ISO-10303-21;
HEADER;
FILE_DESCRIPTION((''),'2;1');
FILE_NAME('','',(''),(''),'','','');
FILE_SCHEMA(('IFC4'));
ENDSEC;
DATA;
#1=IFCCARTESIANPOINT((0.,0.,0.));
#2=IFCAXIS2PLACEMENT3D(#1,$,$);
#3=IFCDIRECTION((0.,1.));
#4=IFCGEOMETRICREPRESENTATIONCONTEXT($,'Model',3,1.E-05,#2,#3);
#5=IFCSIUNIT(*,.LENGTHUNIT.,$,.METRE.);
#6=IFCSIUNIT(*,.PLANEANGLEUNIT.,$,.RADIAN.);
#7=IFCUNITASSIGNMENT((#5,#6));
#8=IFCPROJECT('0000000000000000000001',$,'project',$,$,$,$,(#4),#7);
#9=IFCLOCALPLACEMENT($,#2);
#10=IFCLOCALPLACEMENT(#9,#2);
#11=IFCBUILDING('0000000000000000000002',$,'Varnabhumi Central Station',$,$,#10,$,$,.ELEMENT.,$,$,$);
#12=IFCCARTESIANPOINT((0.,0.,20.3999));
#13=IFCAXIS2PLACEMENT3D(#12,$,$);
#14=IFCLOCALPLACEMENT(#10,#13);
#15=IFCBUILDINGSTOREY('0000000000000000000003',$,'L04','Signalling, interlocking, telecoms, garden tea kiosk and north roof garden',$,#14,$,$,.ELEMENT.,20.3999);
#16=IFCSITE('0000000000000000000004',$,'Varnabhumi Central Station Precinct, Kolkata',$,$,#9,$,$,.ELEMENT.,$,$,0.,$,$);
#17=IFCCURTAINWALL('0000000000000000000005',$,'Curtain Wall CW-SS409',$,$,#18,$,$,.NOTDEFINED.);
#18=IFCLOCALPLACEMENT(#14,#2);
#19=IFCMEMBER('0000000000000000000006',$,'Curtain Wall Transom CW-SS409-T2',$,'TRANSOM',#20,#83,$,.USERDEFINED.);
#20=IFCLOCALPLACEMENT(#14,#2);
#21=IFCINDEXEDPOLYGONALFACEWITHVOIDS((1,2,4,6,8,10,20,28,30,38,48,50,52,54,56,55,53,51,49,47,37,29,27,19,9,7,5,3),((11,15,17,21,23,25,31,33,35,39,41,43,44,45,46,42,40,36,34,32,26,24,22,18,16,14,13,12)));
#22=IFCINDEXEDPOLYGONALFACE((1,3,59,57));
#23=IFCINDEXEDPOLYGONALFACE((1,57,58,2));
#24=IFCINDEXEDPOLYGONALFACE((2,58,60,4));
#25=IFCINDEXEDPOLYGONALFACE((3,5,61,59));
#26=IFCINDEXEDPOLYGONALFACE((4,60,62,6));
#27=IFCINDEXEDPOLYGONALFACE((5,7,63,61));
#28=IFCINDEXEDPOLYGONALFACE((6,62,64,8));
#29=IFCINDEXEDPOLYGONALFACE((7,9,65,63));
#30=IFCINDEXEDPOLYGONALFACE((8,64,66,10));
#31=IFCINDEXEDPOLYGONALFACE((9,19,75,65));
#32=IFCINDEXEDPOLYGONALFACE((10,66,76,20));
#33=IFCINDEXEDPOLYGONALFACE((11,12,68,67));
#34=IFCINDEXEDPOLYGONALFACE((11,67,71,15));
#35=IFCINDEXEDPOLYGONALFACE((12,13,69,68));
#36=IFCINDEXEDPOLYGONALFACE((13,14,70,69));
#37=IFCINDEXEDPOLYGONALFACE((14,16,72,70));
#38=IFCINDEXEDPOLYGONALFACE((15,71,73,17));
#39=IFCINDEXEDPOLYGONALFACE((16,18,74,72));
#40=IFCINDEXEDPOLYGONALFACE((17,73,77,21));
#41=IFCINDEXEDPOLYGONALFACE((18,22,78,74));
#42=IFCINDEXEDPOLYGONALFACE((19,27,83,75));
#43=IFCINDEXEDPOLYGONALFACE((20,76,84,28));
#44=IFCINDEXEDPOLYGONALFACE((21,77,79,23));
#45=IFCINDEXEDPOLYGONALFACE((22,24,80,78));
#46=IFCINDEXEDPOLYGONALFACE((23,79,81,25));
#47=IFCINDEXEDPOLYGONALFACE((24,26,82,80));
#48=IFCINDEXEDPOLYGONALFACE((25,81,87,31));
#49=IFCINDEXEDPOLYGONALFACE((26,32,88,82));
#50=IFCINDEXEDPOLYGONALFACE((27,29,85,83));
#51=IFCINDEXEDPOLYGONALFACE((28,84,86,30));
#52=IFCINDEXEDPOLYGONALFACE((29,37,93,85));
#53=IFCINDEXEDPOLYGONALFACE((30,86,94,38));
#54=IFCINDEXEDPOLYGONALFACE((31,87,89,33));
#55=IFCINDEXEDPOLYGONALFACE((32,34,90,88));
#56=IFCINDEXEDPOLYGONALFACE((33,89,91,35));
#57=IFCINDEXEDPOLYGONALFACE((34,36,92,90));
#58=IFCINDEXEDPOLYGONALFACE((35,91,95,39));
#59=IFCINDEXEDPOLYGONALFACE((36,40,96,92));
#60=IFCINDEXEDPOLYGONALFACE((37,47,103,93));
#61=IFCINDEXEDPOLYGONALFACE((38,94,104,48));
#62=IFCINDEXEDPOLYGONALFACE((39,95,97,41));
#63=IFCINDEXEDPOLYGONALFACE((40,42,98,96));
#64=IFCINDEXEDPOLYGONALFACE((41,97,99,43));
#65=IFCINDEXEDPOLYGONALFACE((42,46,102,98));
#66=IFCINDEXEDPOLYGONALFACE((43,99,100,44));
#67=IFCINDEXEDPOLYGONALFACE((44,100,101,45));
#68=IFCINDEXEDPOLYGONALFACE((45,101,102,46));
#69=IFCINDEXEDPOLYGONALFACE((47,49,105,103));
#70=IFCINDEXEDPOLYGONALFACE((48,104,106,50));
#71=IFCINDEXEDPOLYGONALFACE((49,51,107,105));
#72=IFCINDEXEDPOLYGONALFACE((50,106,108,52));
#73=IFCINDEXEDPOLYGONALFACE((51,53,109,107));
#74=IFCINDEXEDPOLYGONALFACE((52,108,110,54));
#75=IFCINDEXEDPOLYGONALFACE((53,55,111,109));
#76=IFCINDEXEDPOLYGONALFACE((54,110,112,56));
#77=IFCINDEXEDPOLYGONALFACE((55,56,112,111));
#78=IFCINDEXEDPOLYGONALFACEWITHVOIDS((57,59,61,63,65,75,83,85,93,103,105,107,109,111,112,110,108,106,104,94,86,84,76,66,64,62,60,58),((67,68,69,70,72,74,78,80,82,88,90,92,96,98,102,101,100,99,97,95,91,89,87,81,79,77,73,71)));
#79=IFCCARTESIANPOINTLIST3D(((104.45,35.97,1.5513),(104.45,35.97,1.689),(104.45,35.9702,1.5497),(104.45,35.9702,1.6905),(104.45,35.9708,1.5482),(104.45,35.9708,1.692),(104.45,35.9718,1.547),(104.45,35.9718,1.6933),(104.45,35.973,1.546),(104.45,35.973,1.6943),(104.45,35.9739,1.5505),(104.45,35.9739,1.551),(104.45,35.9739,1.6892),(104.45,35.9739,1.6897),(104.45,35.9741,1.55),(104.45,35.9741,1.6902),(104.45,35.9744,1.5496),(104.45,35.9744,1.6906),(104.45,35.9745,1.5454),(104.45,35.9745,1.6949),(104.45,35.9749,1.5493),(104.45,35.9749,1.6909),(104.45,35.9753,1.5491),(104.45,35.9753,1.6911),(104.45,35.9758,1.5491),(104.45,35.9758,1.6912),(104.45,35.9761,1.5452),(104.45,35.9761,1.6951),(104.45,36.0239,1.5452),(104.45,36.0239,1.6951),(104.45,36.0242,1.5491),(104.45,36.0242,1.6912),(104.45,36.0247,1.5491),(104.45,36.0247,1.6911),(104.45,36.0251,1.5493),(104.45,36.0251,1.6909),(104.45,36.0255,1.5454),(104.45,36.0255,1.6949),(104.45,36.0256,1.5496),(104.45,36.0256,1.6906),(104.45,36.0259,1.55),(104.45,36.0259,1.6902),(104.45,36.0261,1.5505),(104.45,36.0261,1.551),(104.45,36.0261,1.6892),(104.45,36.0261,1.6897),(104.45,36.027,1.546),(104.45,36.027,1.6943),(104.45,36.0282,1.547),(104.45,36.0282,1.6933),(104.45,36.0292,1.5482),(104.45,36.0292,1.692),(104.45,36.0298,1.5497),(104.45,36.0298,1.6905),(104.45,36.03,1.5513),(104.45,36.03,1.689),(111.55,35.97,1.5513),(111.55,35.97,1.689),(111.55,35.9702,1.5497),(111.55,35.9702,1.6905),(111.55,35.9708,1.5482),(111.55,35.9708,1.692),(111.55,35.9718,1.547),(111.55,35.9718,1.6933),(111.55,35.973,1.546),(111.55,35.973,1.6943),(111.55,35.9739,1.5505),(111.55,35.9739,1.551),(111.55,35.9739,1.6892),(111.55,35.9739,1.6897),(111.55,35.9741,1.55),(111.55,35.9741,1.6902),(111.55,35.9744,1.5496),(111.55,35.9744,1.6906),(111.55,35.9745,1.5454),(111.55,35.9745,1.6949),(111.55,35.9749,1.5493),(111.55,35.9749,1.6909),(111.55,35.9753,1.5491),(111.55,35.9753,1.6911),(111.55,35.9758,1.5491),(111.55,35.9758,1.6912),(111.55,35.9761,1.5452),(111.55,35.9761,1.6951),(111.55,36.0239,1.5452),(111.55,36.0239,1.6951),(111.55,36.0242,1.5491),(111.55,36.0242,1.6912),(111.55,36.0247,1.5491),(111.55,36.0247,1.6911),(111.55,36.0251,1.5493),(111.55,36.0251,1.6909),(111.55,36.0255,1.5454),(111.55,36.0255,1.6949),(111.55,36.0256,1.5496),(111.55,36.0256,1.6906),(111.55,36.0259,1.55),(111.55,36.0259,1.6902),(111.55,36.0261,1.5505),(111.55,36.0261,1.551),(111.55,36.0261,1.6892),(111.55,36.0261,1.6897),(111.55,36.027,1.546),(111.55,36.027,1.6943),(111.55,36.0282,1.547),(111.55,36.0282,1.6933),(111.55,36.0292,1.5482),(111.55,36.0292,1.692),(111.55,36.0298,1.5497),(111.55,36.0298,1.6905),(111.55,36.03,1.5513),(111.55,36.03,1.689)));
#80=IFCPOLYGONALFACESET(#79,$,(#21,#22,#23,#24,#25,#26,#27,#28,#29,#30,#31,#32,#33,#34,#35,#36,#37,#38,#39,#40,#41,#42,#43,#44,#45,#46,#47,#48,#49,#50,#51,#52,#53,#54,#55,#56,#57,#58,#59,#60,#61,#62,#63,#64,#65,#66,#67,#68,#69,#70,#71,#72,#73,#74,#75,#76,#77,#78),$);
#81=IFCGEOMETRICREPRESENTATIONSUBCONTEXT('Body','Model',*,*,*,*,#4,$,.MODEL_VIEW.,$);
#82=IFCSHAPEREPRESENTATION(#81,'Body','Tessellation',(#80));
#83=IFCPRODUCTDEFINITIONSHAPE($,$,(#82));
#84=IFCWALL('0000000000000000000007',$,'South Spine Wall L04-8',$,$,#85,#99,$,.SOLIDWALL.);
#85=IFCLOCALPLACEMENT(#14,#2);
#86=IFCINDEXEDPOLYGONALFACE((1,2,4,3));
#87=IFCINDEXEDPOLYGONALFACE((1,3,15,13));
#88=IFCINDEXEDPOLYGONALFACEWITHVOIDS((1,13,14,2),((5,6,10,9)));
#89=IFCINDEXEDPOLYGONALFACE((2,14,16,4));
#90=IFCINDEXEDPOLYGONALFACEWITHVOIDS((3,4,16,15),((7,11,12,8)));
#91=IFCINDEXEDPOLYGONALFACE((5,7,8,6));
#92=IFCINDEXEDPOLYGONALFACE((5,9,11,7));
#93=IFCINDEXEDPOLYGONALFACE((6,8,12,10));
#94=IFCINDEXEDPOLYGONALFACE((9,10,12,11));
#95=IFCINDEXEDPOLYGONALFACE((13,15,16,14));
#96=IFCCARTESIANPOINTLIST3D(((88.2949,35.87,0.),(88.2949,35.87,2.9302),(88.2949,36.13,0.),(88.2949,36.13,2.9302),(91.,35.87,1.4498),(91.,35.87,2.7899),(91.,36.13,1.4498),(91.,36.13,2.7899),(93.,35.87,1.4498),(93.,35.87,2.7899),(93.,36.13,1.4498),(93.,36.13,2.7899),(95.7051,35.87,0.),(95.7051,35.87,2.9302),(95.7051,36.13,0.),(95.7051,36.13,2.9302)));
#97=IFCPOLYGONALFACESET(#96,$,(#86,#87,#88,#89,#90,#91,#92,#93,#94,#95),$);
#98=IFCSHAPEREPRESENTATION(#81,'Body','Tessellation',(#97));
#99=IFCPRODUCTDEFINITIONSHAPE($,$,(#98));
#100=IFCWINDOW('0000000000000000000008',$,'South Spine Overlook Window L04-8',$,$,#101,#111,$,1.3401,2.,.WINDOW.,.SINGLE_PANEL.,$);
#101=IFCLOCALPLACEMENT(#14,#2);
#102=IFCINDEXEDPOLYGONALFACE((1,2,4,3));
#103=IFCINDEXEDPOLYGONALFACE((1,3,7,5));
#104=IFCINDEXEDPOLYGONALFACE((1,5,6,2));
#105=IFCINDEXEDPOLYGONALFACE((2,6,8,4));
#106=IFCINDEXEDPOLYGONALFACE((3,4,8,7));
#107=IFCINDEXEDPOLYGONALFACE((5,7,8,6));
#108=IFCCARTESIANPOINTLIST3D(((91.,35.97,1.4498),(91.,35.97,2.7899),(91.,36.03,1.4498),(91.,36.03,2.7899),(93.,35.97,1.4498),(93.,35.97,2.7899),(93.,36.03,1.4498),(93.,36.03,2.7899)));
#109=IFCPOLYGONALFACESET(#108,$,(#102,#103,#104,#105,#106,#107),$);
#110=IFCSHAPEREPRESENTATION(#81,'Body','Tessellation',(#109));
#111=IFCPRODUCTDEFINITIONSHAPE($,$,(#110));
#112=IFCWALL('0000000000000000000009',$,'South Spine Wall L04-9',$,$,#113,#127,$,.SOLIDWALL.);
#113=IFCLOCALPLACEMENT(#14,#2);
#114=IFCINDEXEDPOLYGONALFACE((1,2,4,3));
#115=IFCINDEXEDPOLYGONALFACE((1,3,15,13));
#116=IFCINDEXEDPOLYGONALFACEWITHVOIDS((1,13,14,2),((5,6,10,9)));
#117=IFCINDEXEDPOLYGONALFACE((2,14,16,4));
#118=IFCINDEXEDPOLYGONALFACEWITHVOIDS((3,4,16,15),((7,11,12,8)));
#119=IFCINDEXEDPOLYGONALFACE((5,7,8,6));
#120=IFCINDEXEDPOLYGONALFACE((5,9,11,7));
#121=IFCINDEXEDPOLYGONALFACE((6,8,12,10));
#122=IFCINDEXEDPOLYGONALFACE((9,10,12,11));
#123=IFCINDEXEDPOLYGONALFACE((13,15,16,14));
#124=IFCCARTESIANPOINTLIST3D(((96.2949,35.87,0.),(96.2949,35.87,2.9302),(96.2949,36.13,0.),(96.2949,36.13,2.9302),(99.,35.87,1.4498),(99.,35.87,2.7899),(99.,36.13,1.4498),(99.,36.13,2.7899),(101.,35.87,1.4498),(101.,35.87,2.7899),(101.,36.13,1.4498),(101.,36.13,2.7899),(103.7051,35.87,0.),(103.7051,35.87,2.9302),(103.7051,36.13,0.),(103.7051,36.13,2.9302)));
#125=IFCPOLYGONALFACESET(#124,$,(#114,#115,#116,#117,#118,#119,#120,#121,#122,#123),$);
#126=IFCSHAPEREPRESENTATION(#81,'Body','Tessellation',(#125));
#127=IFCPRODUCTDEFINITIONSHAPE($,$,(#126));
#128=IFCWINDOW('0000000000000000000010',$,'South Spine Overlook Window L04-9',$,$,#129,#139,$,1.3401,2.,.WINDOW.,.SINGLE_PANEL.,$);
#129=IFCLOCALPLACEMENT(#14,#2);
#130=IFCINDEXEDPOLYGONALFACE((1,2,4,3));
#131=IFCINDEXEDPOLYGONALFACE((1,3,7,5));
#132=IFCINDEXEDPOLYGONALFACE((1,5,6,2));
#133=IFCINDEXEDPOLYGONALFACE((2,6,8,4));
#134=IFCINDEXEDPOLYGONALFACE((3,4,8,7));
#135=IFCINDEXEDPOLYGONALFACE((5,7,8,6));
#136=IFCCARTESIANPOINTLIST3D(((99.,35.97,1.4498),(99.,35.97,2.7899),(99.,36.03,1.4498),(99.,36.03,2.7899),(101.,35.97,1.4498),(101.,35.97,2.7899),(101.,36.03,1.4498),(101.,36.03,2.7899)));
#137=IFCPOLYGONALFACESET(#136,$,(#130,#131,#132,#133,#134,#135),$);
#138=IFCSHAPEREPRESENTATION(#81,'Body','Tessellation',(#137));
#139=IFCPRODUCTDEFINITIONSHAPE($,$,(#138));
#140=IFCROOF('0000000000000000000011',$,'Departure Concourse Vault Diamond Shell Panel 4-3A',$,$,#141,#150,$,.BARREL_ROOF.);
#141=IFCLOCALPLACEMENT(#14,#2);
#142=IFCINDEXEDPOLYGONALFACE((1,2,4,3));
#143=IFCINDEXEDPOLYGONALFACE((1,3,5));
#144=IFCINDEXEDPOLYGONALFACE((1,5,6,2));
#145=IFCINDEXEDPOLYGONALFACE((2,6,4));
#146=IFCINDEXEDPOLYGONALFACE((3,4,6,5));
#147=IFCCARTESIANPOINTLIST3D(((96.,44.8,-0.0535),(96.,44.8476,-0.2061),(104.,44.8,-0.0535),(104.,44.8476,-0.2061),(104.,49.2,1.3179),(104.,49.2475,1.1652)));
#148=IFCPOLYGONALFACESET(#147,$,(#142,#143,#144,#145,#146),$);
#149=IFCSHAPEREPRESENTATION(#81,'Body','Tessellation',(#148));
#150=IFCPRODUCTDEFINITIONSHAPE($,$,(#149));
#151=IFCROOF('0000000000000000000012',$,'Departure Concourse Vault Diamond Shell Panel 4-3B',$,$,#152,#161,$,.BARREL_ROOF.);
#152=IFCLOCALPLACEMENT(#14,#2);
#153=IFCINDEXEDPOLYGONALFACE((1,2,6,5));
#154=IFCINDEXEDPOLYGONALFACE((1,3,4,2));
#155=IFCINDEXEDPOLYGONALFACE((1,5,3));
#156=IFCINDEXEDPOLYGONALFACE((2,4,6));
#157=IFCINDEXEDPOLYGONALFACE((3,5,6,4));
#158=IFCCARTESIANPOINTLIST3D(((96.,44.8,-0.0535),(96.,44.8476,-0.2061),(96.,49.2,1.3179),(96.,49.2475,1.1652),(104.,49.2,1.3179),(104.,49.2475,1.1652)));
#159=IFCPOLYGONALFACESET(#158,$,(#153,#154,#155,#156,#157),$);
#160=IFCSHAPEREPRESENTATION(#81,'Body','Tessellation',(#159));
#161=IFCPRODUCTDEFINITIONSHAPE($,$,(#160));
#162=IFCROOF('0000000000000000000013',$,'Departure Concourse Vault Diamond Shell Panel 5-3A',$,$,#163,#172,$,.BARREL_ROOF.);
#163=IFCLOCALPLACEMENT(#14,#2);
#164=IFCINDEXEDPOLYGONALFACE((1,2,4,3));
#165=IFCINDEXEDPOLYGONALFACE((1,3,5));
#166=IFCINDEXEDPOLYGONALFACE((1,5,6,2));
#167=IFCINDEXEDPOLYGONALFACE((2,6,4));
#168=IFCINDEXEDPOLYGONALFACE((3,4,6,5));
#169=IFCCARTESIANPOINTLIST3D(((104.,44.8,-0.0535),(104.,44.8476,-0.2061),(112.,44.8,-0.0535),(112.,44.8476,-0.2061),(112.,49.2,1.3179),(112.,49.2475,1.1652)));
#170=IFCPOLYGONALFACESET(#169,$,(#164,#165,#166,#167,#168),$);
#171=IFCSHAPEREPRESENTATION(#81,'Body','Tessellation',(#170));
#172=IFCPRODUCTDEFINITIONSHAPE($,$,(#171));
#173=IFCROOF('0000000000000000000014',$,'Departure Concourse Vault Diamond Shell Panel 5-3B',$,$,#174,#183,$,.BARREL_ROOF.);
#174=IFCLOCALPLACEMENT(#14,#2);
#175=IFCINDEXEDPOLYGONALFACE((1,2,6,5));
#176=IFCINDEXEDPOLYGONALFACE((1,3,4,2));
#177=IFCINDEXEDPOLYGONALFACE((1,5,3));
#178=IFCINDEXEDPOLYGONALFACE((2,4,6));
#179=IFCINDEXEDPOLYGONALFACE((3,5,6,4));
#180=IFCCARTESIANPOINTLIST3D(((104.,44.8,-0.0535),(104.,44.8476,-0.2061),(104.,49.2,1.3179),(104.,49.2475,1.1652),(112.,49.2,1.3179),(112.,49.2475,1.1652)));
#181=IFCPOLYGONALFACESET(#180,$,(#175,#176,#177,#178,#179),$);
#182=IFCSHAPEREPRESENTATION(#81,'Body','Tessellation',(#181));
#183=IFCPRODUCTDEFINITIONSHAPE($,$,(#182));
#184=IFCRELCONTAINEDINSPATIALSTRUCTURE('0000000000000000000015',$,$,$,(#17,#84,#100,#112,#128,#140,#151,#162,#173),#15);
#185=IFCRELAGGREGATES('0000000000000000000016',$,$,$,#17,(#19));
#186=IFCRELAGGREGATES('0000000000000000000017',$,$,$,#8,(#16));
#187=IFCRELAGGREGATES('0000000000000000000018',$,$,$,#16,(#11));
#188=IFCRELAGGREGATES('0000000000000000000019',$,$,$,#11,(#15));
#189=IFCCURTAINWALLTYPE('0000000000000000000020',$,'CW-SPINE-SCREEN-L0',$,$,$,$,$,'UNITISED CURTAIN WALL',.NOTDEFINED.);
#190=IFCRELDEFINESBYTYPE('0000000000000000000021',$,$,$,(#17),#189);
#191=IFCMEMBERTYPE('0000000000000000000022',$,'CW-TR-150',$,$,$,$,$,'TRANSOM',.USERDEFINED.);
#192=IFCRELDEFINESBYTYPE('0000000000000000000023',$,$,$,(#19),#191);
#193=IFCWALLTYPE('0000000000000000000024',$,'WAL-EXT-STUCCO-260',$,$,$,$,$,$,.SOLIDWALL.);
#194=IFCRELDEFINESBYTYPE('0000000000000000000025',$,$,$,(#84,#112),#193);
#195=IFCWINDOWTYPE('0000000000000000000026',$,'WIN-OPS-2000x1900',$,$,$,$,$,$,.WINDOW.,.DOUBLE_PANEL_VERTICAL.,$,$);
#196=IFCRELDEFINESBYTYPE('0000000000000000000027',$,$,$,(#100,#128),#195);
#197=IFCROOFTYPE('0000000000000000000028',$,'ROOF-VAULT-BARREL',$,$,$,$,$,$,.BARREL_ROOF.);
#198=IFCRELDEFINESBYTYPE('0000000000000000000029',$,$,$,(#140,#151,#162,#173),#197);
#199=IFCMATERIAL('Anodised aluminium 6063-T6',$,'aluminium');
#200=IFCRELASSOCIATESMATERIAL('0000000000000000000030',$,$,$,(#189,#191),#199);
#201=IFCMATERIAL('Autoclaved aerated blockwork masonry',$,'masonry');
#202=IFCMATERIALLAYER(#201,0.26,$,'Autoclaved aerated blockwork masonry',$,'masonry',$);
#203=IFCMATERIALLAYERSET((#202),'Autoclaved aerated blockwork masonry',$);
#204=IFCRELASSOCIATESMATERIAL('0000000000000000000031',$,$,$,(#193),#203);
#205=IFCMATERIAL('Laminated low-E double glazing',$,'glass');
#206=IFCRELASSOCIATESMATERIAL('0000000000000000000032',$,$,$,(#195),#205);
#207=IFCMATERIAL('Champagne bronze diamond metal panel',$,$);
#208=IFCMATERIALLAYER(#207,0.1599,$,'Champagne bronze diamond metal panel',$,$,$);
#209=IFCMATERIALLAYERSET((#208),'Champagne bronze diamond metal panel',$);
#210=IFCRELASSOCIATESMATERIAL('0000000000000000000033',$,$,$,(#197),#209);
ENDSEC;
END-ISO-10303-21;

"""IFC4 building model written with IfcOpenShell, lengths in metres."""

from ifc_helpers import new_model, si_unit, direction, frame, frame_2d, origin, origin_2d, place, context, subcontext, project, spatial, polyline, rectangle, hollow_rectangle, outline, extrude, material, layer, layer_set, material_profile, profile_set, type_object, element, fill, aggregate, save


model = new_model("IFC4")

# Units and contexts
model_context = context("Model", 3, precision=1e-05, world=origin(), true_north=direction((0.0, 1.0)))
body_context = subcontext(model_context, "Body", "Model", "MODEL_VIEW")
ifc_project = project(units=[si_unit("LENGTHUNIT", "METRE"), si_unit("PLANEANGLEUNIT", "RADIAN")], contexts=[model_context])

# Site, building, storey
site_placement = place(None, origin())
site = spatial("IfcSite", under=ifc_project, at=site_placement, Name="Varnabhumi Central Station Precinct, Kolkata", CompositionType="ELEMENT", RefElevation=0.0)
building_placement = place(site_placement, origin())
building = spatial("IfcBuilding", under=site, at=building_placement, Name="Varnabhumi Central Station", CompositionType="ELEMENT")
storey_placement = place(building_placement, frame((0.0, 0.0, 20.3999)))
storey = spatial("IfcBuildingStorey", under=building, at=storey_placement, Name="L04", Description="Signalling, interlocking, telecoms, garden tea kiosk and north roof garden", CompositionType="ELEMENT", Elevation=20.3999)

# Curtain wall, member
ifc_material_1 = material(Name="Anodised aluminium 6063-T6", Category="aluminium")
curtain_wall_type = type_object("IfcCurtainWallType", Name="CW-SPINE-SCREEN-L0", ElementType="UNITISED CURTAIN WALL", PredefinedType="NOTDEFINED", material=ifc_material_1)
curtain_wall_placement = place(storey_placement, origin())
curtain_wall = element("IfcCurtainWall", 1, at=curtain_wall_placement, inside=storey, type_object=curtain_wall_type, Name="Curtain Wall CW-SS409", PredefinedType="NOTDEFINED")
ifc_material_profile_1 = material_profile(ifc_material_1, hollow_rectangle(XDim=0.0601, YDim=0.1499, WallThickness=0.0039, InnerFilletRadius=0.002, OuterFilletRadius=0.0061, at=origin_2d()), Name="Anodised aluminium 6063-T6", Category="aluminium")
ifc_profile_set_1 = profile_set([ifc_material_profile_1], Name="Anodised aluminium 6063-T6")
member_type_1 = type_object("IfcMemberType", Name="CW-TR-150", ElementType="TRANSOM", PredefinedType="USERDEFINED", material=ifc_profile_set_1)
member_1_placement = place(storey_placement, frame((104.45, 36.0, 1.6201), z_axis=(1.0, 0.0, 0.0), x_axis=(0.0, 1.0, 0.0)))
member_1 = element("IfcMember", 2, at=member_1_placement, type_object=member_type_1, Name="Curtain Wall Transom CW-SS409-T2", ObjectType="TRANSOM", PredefinedType="USERDEFINED", context=body_context, shape_type="SweptSolid", body=[
    extrude(hollow_rectangle(XDim=0.0601, YDim=0.1499, WallThickness=0.0039, InnerFilletRadius=0.002, OuterFilletRadius=0.0061, at=origin_2d()), origin(), (0.0, 0.0, 1.0), 7.1001),
])
aggregate(curtain_wall, [member_1])

# Walls, openings, windows
ifc_material_2 = material(Name="Autoclaved aerated blockwork masonry", Category="masonry")
ifc_layer_1 = layer(ifc_material_2, 0.26, Name="Autoclaved aerated blockwork masonry", Category="masonry")
ifc_layer_set_1 = layer_set([ifc_layer_1], Name="Autoclaved aerated blockwork masonry")
wall_type = type_object("IfcWallType", Name="WAL-EXT-STUCCO-260", PredefinedType="SOLIDWALL", material=ifc_layer_set_1)
wall_1_placement = place(storey_placement, frame((88.2949, 36.0, 0.0), z_axis=(0.0, 0.0, 1.0), x_axis=(1.0, 0.0, 0.0)))
wall_1 = element("IfcWall", 3, at=wall_1_placement, inside=storey, type_object=wall_type, Name="South Spine Wall L04-8", PredefinedType="SOLIDWALL", context=body_context, shape_type="SweptSolid", body=[
    extrude(rectangle(XDim=7.4102, YDim=0.26, at=frame_2d((3.7051, 0.0))), origin(), (0.0, 0.0, 1.0), 2.9302),
])
opening_1_placement = place(wall_1_placement, frame((2.7051, 0.0, 1.45)))
opening_1 = element("IfcOpeningElement", 4, at=opening_1_placement, cuts=wall_1, PredefinedType="OPENING", context=body_context, shape_type="SweptSolid", body=[
    extrude(rectangle(XDim=2.0, YDim=1.3401, at=frame_2d((1.0, 0.6699))), frame((0.0, 0.1399, 0.0), z_axis=(0.0, -1.0, 0.0), x_axis=(1.0, 0.0, 0.0)), (0.0, 0.0, 1.0), 0.28),
])
ifc_material_3 = material(Name="Laminated low-E double glazing", Category="glass")
window_type = type_object("IfcWindowType", Name="WIN-OPS-2000x1900", PartitioningType="DOUBLE_PANEL_VERTICAL", PredefinedType="WINDOW", material=ifc_material_3)
window_1_placement = place(opening_1_placement, origin())
window_1 = element("IfcWindow", 5, at=window_1_placement, inside=storey, type_object=window_type, Name="South Spine Overlook Window L04-8", OverallHeight=1.3401, OverallWidth=2.0, PartitioningType="SINGLE_PANEL", PredefinedType="WINDOW", context=body_context, shape_type="SweptSolid", body=[
    extrude(rectangle(XDim=2.0, YDim=1.3401, at=frame_2d((1.0, 0.6699))), frame((0.0, 0.03, 0.0), z_axis=(0.0, -1.0, 0.0), x_axis=(1.0, 0.0, 0.0)), (0.0, 0.0, 1.0), 0.0601),
])
fill(opening_1, window_1)
wall_2_placement = place(storey_placement, frame((96.2949, 36.0, 0.0), z_axis=(0.0, 0.0, 1.0), x_axis=(1.0, 0.0, 0.0)))
wall_2 = element("IfcWall", 6, at=wall_2_placement, inside=storey, type_object=wall_type, Name="South Spine Wall L04-9", PredefinedType="SOLIDWALL", context=body_context, shape_type="SweptSolid", body=[
    extrude(rectangle(XDim=7.4102, YDim=0.26, at=frame_2d((3.7051, 0.0))), origin(), (0.0, 0.0, 1.0), 2.9302),
])
opening_2_placement = place(wall_2_placement, frame((2.7051, 0.0, 1.45)))
opening_2 = element("IfcOpeningElement", 7, at=opening_2_placement, cuts=wall_2, PredefinedType="OPENING", context=body_context, shape_type="SweptSolid", body=[
    extrude(rectangle(XDim=2.0, YDim=1.3401, at=frame_2d((1.0, 0.6699))), frame((0.0, 0.1399, 0.0), z_axis=(0.0, -1.0, 0.0), x_axis=(1.0, 0.0, 0.0)), (0.0, 0.0, 1.0), 0.28),
])
window_2_placement = place(opening_2_placement, origin())
window_2 = element("IfcWindow", 8, at=window_2_placement, inside=storey, type_object=window_type, Name="South Spine Overlook Window L04-9", OverallHeight=1.3401, OverallWidth=2.0, PartitioningType="SINGLE_PANEL", PredefinedType="WINDOW", context=body_context, shape_type="SweptSolid", body=[
    extrude(rectangle(XDim=2.0, YDim=1.3401, at=frame_2d((1.0, 0.6699))), frame((0.0, 0.03, 0.0), z_axis=(0.0, -1.0, 0.0), x_axis=(1.0, 0.0, 0.0)), (0.0, 0.0, 1.0), 0.0601),
])
fill(opening_2, window_2)

# Roofs
ifc_material_4 = material(Name="Champagne bronze diamond metal panel")
ifc_layer_2 = layer(ifc_material_4, 0.1599, Name="Champagne bronze diamond metal panel")
ifc_layer_set_2 = layer_set([ifc_layer_2], Name="Champagne bronze diamond metal panel")
roof_type = type_object("IfcRoofType", Name="ROOF-VAULT-BARREL", PredefinedType="BARREL_ROOF", material=ifc_layer_set_2)
roof_1_placement = place(storey_placement, frame((96.0, 44.8, -0.0535), z_axis=(0.0, -0.297557, 0.954704), x_axis=(1.0, 0.0, 0.0)))
element("IfcRoof", 9, at=roof_1_placement, inside=storey, type_object=roof_type, Name="Departure Concourse Vault Diamond Shell Panel 4-3A", PredefinedType="BARREL_ROOF", context=body_context, shape_type="SweptSolid", body=[
    extrude(outline(polyline([(0.0, 0.0), (8.0, 0.0), (8.0, 4.6087), (0.0, 0.0)])), origin(), (0.0, 0.0, -1.0), 0.1599),
])
roof_2_placement = place(storey_placement, frame((96.0, 44.8, -0.0535), z_axis=(0.0, -0.297557, 0.954704), x_axis=(0.866501, 0.476565, 0.148533)))
element("IfcRoof", 10, at=roof_2_placement, inside=storey, type_object=roof_type, Name="Departure Concourse Vault Diamond Shell Panel 4-3B", PredefinedType="BARREL_ROOF", context=body_context, shape_type="SweptSolid", body=[
    extrude(outline(polyline([(0.0, 0.0), (9.2325, 0.0), (2.3005, 3.9934), (0.0, 0.0)])), origin(), (0.0, 0.0, -1.0), 0.1599),
])
roof_3_placement = place(storey_placement, frame((104.0, 44.8, -0.0535), z_axis=(0.0, -0.297557, 0.954704), x_axis=(1.0, 0.0, 0.0)))
element("IfcRoof", 11, at=roof_3_placement, inside=storey, type_object=roof_type, Name="Departure Concourse Vault Diamond Shell Panel 5-3A", PredefinedType="BARREL_ROOF", context=body_context, shape_type="SweptSolid", body=[
    extrude(outline(polyline([(0.0, 0.0), (8.0, 0.0), (8.0, 4.6087), (0.0, 0.0)])), origin(), (0.0, 0.0, -1.0), 0.1599),
])
roof_4_placement = place(storey_placement, frame((104.0, 44.8, -0.0535), z_axis=(0.0, -0.297557, 0.954704), x_axis=(0.866501, 0.476565, 0.148533)))
element("IfcRoof", 12, at=roof_4_placement, inside=storey, type_object=roof_type, Name="Departure Concourse Vault Diamond Shell Panel 5-3B", PredefinedType="BARREL_ROOF", context=body_context, shape_type="SweptSolid", body=[
    extrude(outline(polyline([(0.0, 0.0), (9.2325, 0.0), (2.3005, 3.9934), (0.0, 0.0)])), origin(), (0.0, 0.0, -1.0), 0.1599),
])

save(model, "model.ifc")
